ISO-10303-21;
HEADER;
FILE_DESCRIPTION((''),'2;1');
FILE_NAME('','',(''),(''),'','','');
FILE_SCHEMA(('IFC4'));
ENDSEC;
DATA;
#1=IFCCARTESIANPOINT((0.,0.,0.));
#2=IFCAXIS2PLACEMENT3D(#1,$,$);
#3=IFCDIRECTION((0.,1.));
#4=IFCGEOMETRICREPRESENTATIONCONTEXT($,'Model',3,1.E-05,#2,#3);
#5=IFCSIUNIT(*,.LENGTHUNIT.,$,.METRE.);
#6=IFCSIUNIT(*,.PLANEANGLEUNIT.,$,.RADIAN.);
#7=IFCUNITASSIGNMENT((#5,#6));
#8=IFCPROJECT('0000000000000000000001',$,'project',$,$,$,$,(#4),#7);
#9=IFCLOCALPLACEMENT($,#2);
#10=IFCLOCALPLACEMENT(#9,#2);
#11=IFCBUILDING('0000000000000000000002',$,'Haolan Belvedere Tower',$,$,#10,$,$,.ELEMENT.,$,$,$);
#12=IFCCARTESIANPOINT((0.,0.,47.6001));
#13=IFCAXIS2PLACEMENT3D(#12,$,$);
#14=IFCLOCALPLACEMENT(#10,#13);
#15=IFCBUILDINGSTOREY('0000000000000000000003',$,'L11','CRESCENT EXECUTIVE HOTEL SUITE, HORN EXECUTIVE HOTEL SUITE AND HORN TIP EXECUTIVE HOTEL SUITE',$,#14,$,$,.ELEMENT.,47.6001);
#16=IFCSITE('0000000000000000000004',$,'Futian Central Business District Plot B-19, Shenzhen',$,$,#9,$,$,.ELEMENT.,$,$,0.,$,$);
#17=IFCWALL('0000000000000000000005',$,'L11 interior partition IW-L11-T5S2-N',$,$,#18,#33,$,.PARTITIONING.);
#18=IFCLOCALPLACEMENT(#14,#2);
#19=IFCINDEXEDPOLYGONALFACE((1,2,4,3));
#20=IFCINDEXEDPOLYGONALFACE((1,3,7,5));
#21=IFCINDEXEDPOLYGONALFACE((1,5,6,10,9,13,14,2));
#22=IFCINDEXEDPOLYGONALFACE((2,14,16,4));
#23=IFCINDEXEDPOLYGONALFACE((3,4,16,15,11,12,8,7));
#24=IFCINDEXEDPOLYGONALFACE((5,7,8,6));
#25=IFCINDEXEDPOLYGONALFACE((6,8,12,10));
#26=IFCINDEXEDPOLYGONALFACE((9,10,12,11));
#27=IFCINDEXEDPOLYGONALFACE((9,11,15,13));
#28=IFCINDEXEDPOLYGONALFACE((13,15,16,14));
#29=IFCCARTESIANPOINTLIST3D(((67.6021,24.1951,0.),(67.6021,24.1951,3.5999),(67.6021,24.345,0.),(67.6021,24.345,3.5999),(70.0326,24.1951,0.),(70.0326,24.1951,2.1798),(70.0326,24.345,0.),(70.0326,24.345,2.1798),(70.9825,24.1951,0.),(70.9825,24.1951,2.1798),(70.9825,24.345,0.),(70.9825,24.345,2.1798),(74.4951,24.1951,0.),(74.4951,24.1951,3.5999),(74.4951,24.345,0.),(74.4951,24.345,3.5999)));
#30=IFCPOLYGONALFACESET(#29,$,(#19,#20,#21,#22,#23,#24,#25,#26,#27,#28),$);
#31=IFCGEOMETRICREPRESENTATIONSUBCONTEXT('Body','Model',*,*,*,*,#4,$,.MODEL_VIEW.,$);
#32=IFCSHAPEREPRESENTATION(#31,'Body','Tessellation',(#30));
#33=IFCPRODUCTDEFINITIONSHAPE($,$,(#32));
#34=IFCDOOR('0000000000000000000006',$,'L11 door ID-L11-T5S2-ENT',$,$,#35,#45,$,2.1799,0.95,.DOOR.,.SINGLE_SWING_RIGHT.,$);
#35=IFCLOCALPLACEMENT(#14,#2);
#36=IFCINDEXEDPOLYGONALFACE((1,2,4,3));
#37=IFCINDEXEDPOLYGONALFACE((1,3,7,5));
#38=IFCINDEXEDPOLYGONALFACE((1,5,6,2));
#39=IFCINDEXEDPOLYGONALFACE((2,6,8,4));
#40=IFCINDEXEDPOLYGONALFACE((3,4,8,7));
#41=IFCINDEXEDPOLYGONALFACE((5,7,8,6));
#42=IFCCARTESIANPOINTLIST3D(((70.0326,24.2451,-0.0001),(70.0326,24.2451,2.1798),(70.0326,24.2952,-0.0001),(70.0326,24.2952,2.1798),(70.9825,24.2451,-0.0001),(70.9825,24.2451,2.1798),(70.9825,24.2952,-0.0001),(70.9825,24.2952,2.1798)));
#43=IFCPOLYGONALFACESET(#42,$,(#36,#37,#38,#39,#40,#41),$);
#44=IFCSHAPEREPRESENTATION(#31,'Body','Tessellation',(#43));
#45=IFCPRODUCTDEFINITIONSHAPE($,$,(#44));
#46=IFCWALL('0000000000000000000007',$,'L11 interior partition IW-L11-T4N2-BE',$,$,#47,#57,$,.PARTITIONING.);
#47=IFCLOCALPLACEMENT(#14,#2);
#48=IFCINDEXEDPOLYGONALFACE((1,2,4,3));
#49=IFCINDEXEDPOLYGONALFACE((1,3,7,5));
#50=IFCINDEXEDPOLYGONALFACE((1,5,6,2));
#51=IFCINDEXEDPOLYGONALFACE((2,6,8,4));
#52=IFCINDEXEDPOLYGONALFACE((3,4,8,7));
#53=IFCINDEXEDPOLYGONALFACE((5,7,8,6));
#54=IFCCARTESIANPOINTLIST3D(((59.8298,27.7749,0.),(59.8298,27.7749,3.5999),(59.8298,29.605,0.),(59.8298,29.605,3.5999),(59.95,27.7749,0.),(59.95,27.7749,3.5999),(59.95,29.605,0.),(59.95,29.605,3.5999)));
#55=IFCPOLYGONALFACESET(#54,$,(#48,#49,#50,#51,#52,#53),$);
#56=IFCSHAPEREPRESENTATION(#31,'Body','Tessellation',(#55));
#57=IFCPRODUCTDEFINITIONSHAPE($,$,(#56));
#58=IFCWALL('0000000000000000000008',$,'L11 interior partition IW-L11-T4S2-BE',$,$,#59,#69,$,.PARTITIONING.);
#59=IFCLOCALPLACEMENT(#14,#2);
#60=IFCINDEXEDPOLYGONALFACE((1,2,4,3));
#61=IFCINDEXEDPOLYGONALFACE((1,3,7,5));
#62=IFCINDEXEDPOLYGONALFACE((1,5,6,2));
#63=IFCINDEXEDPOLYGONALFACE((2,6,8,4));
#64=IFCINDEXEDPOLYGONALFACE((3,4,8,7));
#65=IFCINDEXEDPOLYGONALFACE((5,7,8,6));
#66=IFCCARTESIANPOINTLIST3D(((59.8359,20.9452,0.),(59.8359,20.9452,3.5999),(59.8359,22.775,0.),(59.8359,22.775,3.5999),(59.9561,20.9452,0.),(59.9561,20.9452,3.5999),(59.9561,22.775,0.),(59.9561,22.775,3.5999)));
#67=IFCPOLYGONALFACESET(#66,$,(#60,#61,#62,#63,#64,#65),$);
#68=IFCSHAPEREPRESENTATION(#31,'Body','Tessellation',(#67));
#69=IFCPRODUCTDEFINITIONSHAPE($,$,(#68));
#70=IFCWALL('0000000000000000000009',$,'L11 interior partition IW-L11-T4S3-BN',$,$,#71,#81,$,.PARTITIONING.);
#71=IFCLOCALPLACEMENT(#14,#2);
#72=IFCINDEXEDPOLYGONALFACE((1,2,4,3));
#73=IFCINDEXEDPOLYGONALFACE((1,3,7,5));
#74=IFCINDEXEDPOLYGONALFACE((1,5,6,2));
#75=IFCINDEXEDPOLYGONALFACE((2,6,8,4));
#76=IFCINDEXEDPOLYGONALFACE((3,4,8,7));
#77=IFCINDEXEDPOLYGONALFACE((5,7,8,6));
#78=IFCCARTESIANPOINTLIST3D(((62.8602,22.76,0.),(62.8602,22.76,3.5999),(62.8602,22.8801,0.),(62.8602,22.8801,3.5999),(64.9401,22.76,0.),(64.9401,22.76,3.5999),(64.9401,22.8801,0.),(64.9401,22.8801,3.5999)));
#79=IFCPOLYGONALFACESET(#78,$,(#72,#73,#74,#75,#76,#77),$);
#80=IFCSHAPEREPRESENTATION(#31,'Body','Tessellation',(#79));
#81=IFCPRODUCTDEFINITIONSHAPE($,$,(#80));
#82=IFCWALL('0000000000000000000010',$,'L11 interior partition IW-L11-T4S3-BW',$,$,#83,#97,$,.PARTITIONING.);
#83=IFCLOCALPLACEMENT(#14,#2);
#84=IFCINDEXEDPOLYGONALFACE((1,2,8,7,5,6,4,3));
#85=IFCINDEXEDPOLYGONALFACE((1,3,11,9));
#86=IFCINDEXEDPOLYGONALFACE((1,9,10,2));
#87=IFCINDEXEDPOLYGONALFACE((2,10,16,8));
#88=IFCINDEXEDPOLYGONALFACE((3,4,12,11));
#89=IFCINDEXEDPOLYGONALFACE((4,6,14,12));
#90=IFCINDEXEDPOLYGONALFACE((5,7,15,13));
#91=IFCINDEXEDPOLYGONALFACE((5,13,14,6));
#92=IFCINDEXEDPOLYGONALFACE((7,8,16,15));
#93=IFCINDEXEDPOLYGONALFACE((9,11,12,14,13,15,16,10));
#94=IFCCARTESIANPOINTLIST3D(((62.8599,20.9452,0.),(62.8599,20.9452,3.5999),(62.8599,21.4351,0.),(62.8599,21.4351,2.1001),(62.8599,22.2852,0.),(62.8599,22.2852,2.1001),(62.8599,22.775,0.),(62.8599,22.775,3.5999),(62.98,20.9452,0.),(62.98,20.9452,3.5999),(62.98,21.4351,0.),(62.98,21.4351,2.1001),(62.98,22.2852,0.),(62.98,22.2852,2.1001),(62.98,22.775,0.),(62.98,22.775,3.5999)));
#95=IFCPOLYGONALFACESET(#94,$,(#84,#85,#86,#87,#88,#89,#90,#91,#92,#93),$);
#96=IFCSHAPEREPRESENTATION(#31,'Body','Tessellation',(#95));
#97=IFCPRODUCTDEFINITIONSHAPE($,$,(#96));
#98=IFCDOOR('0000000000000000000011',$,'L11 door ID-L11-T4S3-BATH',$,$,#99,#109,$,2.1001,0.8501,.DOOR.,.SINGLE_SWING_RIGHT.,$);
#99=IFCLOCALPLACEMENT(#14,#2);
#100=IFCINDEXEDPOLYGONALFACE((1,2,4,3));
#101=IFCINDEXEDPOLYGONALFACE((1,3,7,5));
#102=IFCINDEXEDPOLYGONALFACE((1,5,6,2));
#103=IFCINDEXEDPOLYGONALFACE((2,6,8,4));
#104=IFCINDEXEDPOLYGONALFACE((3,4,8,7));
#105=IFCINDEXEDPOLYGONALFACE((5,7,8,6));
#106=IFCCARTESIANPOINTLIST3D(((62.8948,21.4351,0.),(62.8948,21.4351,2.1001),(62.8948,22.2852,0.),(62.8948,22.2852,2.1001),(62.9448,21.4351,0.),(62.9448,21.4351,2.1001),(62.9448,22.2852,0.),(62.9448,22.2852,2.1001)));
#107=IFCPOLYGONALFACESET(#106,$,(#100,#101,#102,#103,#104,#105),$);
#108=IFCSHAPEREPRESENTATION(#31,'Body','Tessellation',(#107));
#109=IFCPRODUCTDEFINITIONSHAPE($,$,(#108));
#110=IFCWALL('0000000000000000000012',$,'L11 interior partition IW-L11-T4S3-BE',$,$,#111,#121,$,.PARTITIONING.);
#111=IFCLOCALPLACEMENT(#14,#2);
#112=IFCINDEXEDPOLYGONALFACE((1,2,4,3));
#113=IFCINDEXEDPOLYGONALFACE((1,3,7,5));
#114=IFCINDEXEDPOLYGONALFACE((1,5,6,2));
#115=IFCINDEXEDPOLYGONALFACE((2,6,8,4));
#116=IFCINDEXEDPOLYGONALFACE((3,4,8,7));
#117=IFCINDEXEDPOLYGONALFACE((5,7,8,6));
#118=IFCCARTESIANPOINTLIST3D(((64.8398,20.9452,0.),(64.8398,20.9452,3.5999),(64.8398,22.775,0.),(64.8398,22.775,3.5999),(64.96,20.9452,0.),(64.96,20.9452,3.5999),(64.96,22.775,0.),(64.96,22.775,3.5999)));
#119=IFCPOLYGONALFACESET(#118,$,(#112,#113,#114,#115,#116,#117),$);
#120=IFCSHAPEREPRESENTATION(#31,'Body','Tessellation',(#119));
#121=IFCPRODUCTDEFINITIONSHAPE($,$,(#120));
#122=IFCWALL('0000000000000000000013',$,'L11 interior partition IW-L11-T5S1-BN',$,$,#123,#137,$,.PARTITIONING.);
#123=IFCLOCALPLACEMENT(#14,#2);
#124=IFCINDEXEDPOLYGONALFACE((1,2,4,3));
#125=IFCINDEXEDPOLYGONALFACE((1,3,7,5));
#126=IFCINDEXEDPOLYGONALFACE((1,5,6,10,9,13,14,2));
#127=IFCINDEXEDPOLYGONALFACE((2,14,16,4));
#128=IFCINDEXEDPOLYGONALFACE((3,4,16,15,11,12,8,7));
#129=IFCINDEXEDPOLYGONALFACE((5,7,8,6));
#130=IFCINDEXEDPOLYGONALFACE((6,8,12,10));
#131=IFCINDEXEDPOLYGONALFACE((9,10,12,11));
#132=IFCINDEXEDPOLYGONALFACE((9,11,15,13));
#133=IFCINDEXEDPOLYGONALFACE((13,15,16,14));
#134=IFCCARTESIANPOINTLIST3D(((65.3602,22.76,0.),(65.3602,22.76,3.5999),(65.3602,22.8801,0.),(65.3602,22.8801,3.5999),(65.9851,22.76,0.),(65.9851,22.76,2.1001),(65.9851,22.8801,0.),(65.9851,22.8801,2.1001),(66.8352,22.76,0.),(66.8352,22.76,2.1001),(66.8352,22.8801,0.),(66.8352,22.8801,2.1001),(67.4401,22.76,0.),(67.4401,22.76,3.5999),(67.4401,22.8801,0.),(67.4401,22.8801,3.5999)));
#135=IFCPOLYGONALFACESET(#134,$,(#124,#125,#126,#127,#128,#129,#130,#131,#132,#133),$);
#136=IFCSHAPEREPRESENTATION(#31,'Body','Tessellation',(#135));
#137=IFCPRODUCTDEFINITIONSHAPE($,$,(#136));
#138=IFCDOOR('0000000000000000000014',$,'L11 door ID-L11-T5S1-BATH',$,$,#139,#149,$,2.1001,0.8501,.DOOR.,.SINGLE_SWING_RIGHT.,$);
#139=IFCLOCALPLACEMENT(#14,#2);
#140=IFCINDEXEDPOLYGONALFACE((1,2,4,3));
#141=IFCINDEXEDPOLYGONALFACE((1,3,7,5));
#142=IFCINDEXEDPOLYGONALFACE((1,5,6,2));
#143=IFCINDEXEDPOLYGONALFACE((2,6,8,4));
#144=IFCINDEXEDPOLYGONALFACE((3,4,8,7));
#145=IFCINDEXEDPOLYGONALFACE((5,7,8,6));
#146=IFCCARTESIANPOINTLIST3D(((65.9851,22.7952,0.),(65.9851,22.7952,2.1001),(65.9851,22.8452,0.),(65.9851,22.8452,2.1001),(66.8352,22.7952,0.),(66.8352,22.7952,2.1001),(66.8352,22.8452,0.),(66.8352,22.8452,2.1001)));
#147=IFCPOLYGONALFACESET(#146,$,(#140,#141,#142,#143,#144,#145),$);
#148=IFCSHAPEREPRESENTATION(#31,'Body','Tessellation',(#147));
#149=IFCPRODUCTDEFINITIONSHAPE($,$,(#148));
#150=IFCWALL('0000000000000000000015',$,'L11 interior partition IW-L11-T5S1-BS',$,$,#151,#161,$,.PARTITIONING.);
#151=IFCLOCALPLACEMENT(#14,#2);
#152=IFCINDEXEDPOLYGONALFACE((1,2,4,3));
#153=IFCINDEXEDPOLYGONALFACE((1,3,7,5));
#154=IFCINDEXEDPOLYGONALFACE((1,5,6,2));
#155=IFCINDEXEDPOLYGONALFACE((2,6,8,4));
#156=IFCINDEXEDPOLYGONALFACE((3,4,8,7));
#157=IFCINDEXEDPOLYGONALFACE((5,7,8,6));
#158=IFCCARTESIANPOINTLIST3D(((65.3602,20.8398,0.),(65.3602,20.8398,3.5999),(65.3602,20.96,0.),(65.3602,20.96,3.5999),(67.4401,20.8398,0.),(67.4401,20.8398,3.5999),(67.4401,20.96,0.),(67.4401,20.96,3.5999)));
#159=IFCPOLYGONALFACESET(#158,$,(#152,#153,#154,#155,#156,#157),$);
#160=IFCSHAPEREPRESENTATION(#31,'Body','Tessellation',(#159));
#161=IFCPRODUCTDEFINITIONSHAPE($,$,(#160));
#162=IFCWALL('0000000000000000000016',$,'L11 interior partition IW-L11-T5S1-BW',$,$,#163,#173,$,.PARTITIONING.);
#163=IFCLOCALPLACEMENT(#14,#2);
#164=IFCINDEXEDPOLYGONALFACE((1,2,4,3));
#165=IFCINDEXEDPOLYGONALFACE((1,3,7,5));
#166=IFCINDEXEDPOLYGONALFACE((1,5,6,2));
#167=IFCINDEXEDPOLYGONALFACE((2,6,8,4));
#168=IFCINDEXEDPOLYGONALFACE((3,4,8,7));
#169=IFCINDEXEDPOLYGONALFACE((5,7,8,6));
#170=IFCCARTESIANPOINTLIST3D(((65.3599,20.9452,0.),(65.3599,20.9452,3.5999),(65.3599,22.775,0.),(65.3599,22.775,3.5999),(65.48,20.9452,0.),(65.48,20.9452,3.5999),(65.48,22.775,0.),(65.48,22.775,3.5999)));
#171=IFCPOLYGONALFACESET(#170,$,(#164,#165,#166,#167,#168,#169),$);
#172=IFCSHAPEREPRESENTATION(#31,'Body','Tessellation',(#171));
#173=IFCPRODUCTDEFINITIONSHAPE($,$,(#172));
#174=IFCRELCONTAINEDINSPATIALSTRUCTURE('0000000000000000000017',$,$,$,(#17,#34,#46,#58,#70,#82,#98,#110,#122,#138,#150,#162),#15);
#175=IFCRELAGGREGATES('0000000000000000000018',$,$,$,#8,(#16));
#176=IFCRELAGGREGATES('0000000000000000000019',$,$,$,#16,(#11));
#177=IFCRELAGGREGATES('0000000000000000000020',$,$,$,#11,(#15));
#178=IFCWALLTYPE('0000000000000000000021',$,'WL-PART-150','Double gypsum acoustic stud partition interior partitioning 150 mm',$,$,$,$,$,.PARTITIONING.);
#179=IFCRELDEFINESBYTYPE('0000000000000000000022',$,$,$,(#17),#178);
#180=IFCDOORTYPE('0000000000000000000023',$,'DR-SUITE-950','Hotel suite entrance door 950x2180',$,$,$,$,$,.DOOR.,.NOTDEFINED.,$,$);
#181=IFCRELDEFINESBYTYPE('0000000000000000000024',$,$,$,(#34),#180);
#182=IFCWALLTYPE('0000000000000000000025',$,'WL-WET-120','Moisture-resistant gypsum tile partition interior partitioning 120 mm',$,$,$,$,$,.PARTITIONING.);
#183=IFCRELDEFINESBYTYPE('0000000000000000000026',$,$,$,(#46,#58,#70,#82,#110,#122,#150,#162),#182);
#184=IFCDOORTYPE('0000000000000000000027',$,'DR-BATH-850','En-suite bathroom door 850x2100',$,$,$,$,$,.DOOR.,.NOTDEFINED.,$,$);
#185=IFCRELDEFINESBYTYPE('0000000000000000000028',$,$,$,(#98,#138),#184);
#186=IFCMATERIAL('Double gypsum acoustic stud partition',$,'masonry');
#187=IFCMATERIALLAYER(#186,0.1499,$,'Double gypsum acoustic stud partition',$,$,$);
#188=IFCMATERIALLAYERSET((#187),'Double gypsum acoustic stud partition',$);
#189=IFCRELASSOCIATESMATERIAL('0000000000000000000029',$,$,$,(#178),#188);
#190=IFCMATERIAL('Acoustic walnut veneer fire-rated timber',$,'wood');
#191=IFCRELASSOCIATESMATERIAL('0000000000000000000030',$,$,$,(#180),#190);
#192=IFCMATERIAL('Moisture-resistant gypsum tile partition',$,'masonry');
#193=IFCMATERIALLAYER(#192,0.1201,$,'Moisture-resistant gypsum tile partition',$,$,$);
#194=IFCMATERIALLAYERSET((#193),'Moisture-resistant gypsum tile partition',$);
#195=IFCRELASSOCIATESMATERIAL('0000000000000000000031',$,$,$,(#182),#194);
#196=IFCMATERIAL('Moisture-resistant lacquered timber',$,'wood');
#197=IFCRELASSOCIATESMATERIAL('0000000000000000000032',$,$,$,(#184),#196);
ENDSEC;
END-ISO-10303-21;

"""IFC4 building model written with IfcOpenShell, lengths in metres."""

from ifc_helpers import new_model, si_unit, direction, frame, frame_2d, origin, place, context, subcontext, project, spatial, rectangle, extrude, material, layer, layer_set, type_object, element, fill, save


model = new_model("IFC4")

# Units and contexts
model_context = context("Model", 3, precision=1e-05, world=origin(), true_north=direction((0.0, 1.0)))
body_context = subcontext(model_context, "Body", "Model", "MODEL_VIEW")
ifc_project = project(units=[si_unit("LENGTHUNIT", "METRE"), si_unit("PLANEANGLEUNIT", "RADIAN")], contexts=[model_context])

# Site, building, storey
site_placement = place(None, origin())
site = spatial("IfcSite", under=ifc_project, at=site_placement, Name="Futian Central Business District Plot B-19, Shenzhen", CompositionType="ELEMENT", RefElevation=0.0)
building_placement = place(site_placement, origin())
building = spatial("IfcBuilding", under=site, at=building_placement, Name="Haolan Belvedere Tower", CompositionType="ELEMENT")
storey_placement = place(building_placement, frame((0.0, 0.0, 47.6001)))
storey = spatial("IfcBuildingStorey", under=building, at=storey_placement, Name="L11", Description="CRESCENT EXECUTIVE HOTEL SUITE, HORN EXECUTIVE HOTEL SUITE AND HORN TIP EXECUTIVE HOTEL SUITE", CompositionType="ELEMENT", Elevation=47.6001)

# Shared definitions
ifc_material_1 = material(Name="Double gypsum acoustic stud partition", Category="masonry")
ifc_layer_1 = layer(ifc_material_1, 0.1499, Name="Double gypsum acoustic stud partition")
ifc_layer_set_1 = layer_set([ifc_layer_1], Name="Double gypsum acoustic stud partition")
wall_type_1 = type_object("IfcWallType", Name="WL-PART-150", Description="Double gypsum acoustic stud partition interior partitioning 150 mm", PredefinedType="PARTITIONING", material=ifc_layer_set_1)

# Wall, opening, door
wall_1_placement = place(storey_placement, frame((67.6021, 24.27, 0.0), z_axis=(0.0, 0.0, 1.0), x_axis=(1.0, 0.0, 0.0)))
wall_1 = element("IfcWall", 1, at=wall_1_placement, inside=storey, type_object=wall_type_1, Name="L11 interior partition IW-L11-T5S2-N", PredefinedType="PARTITIONING", context=body_context, shape_type="SweptSolid", body=[
    extrude(rectangle(XDim=6.8931, YDim=0.1499, at=frame_2d((3.4465, 0.0))), origin(), (0.0, 0.0, 1.0), 3.5999),
])
opening_1_placement = place(wall_1_placement, frame((3.3806, 0.0, 0.0), z_axis=(0.0, 0.0, 1.0), x_axis=(-1.0, 0.0, 0.0)))
opening_1 = element("IfcOpeningElement", 2, at=opening_1_placement, cuts=wall_1, PredefinedType="OPENING", context=body_context, shape_type="SweptSolid", body=[
    extrude(rectangle(XDim=0.95, YDim=2.1799, at=frame_2d((0.4751, 1.0898))), frame((0.0, 0.085, 0.0), z_axis=(0.0, -1.0, 0.0), x_axis=(1.0, 0.0, 0.0)), (0.0, 0.0, 1.0), 0.1699),
])
ifc_material_2 = material(Name="Acoustic walnut veneer fire-rated timber", Category="wood")
door_type_1 = type_object("IfcDoorType", Name="DR-SUITE-950", Description="Hotel suite entrance door 950x2180", OperationType="NOTDEFINED", PredefinedType="DOOR", material=ifc_material_2)
door_1_placement = place(opening_1_placement, origin())
door_1 = element("IfcDoor", 3, at=door_1_placement, inside=storey, type_object=door_type_1, Name="L11 door ID-L11-T5S2-ENT", OperationType="SINGLE_SWING_RIGHT", OverallHeight=2.1799, OverallWidth=0.95, PredefinedType="DOOR", context=body_context, shape_type="SweptSolid", body=[
    extrude(rectangle(XDim=0.95, YDim=2.1799, at=frame_2d((0.4751, 1.0898))), frame((0.0, 0.0249, 0.0), z_axis=(0.0, -1.0, 0.0), x_axis=(1.0, 0.0, 0.0)), (0.0, 0.0, 1.0), 0.05),
])
fill(opening_1, door_1)

# Walls
ifc_material_3 = material(Name="Moisture-resistant gypsum tile partition", Category="masonry")
ifc_layer_2 = layer(ifc_material_3, 0.1201, Name="Moisture-resistant gypsum tile partition")
ifc_layer_set_2 = layer_set([ifc_layer_2], Name="Moisture-resistant gypsum tile partition")
wall_type_2 = type_object("IfcWallType", Name="WL-WET-120", Description="Moisture-resistant gypsum tile partition interior partitioning 120 mm", PredefinedType="PARTITIONING", material=ifc_layer_set_2)
wall_2_placement = place(storey_placement, frame((59.8899, 27.7749, 0.0), z_axis=(0.0, 0.0, 1.0), x_axis=(0.0, 1.0, 0.0)))
element("IfcWall", 4, at=wall_2_placement, inside=storey, type_object=wall_type_2, Name="L11 interior partition IW-L11-T4N2-BE", PredefinedType="PARTITIONING", context=body_context, shape_type="SweptSolid", body=[
    extrude(rectangle(XDim=1.8301, YDim=0.1201, at=frame_2d((0.915, 0.0))), origin(), (0.0, 0.0, 1.0), 3.5999),
])
wall_3_placement = place(storey_placement, frame((59.896, 20.9451, 0.0), z_axis=(0.0, 0.0, 1.0), x_axis=(0.0, 1.0, 0.0)))
element("IfcWall", 5, at=wall_3_placement, inside=storey, type_object=wall_type_2, Name="L11 interior partition IW-L11-T4S2-BE", PredefinedType="PARTITIONING", context=body_context, shape_type="SweptSolid", body=[
    extrude(rectangle(XDim=1.8298, YDim=0.1201, at=frame_2d((0.915, 0.0))), origin(), (0.0, 0.0, 1.0), 3.5999),
])
wall_4_placement = place(storey_placement, frame((62.8601, 22.8201, 0.0), z_axis=(0.0, 0.0, 1.0), x_axis=(1.0, 0.0, 0.0)))
element("IfcWall", 6, at=wall_4_placement, inside=storey, type_object=wall_type_2, Name="L11 interior partition IW-L11-T4S3-BN", PredefinedType="PARTITIONING", context=body_context, shape_type="SweptSolid", body=[
    extrude(rectangle(XDim=2.0798, YDim=0.1201, at=frame_2d((1.04, 0.0))), origin(), (0.0, 0.0, 1.0), 3.5999),
])

# Wall, opening, door
wall_5_placement = place(storey_placement, frame((62.9199, 20.9451, 0.0), z_axis=(0.0, 0.0, 1.0), x_axis=(0.0, 1.0, 0.0)))
wall_5 = element("IfcWall", 7, at=wall_5_placement, inside=storey, type_object=wall_type_2, Name="L11 interior partition IW-L11-T4S3-BW", PredefinedType="PARTITIONING", context=body_context, shape_type="SweptSolid", body=[
    extrude(rectangle(XDim=1.8298, YDim=0.1201, at=frame_2d((0.915, 0.0))), origin(), (0.0, 0.0, 1.0), 3.5999),
])
opening_2_placement = place(wall_5_placement, frame((1.3401, 0.0, 0.0), z_axis=(0.0, 0.0, 1.0), x_axis=(-1.0, 0.0, 0.0)))
opening_2 = element("IfcOpeningElement", 8, at=opening_2_placement, cuts=wall_5, PredefinedType="OPENING", context=body_context, shape_type="SweptSolid", body=[
    extrude(rectangle(XDim=0.8501, YDim=2.1001, at=frame_2d((0.425, 1.05))), frame((0.0, 0.0701, 0.0), z_axis=(0.0, -1.0, 0.0), x_axis=(1.0, 0.0, 0.0)), (0.0, 0.0, 1.0), 0.1401),
])
ifc_material_4 = material(Name="Moisture-resistant lacquered timber", Category="wood")
door_type_2 = type_object("IfcDoorType", Name="DR-BATH-850", Description="En-suite bathroom door 850x2100", OperationType="NOTDEFINED", PredefinedType="DOOR", material=ifc_material_4)
door_2_placement = place(opening_2_placement, origin())
door_2 = element("IfcDoor", 9, at=door_2_placement, inside=storey, type_object=door_type_2, Name="L11 door ID-L11-T4S3-BATH", OperationType="SINGLE_SWING_RIGHT", OverallHeight=2.1001, OverallWidth=0.8501, PredefinedType="DOOR", context=body_context, shape_type="SweptSolid", body=[
    extrude(rectangle(XDim=0.8501, YDim=2.1001, at=frame_2d((0.425, 1.05))), frame((0.0, 0.0249, 0.0), z_axis=(0.0, -1.0, 0.0), x_axis=(1.0, 0.0, 0.0)), (0.0, 0.0, 1.0), 0.05),
])
fill(opening_2, door_2)

# Wall
wall_6_placement = place(storey_placement, frame((64.8999, 20.9451, 0.0), z_axis=(0.0, 0.0, 1.0), x_axis=(0.0, 1.0, 0.0)))
element("IfcWall", 10, at=wall_6_placement, inside=storey, type_object=wall_type_2, Name="L11 interior partition IW-L11-T4S3-BE", PredefinedType="PARTITIONING", context=body_context, shape_type="SweptSolid", body=[
    extrude(rectangle(XDim=1.8298, YDim=0.1201, at=frame_2d((0.915, 0.0))), origin(), (0.0, 0.0, 1.0), 3.5999),
])

# Wall, opening, door
wall_7_placement = place(storey_placement, frame((65.3601, 22.8201, 0.0), z_axis=(0.0, 0.0, 1.0), x_axis=(1.0, 0.0, 0.0)))
wall_7 = element("IfcWall", 11, at=wall_7_placement, inside=storey, type_object=wall_type_2, Name="L11 interior partition IW-L11-T5S1-BN", PredefinedType="PARTITIONING", context=body_context, shape_type="SweptSolid", body=[
    extrude(rectangle(XDim=2.0798, YDim=0.1201, at=frame_2d((1.04, 0.0))), origin(), (0.0, 0.0, 1.0), 3.5999),
])
opening_3_placement = place(wall_7_placement, frame((1.4751, 0.0, 0.0), z_axis=(0.0, 0.0, 1.0), x_axis=(-1.0, 0.0, 0.0)))
opening_3 = element("IfcOpeningElement", 12, at=opening_3_placement, cuts=wall_7, PredefinedType="OPENING", context=body_context, shape_type="SweptSolid", body=[
    extrude(rectangle(XDim=0.8501, YDim=2.1001, at=frame_2d((0.425, 1.05))), frame((0.0, 0.0701, 0.0), z_axis=(0.0, -1.0, 0.0), x_axis=(1.0, 0.0, 0.0)), (0.0, 0.0, 1.0), 0.1401),
])
door_3_placement = place(opening_3_placement, origin())
door_3 = element("IfcDoor", 13, at=door_3_placement, inside=storey, type_object=door_type_2, Name="L11 door ID-L11-T5S1-BATH", OperationType="SINGLE_SWING_RIGHT", OverallHeight=2.1001, OverallWidth=0.8501, PredefinedType="DOOR", context=body_context, shape_type="SweptSolid", body=[
    extrude(rectangle(XDim=0.8501, YDim=2.1001, at=frame_2d((0.425, 1.05))), frame((0.0, 0.0249, 0.0), z_axis=(0.0, -1.0, 0.0), x_axis=(1.0, 0.0, 0.0)), (0.0, 0.0, 1.0), 0.05),
])
fill(opening_3, door_3)

# Walls
wall_8_placement = place(storey_placement, frame((65.3601, 20.8999, 0.0), z_axis=(0.0, 0.0, 1.0), x_axis=(1.0, 0.0, 0.0)))
element("IfcWall", 14, at=wall_8_placement, inside=storey, type_object=wall_type_2, Name="L11 interior partition IW-L11-T5S1-BS", PredefinedType="PARTITIONING", context=body_context, shape_type="SweptSolid", body=[
    extrude(rectangle(XDim=2.0798, YDim=0.1201, at=frame_2d((1.04, 0.0))), origin(), (0.0, 0.0, 1.0), 3.5999),
])
for number, where, z_axis, x_axis, name in (
    (15, (65.4199, 20.9451, 0.0), (0.0, 0.0, 1.0), (0.0, 1.0, 0.0), "L11 interior partition IW-L11-T5S1-BW"),
):
    element("IfcWall", number, at=place(storey_placement, frame(where, z_axis=z_axis, x_axis=x_axis)), inside=storey, type_object=wall_type_2, Name=name, PredefinedType="PARTITIONING", context=body_context, shape_type="SweptSolid", body=[
        extrude(rectangle(XDim=1.8298, YDim=0.1201, at=frame_2d((0.915, 0.0))), origin(), (0.0, 0.0, 1.0), 3.5999),
    ])

save(model, "model.ifc")
